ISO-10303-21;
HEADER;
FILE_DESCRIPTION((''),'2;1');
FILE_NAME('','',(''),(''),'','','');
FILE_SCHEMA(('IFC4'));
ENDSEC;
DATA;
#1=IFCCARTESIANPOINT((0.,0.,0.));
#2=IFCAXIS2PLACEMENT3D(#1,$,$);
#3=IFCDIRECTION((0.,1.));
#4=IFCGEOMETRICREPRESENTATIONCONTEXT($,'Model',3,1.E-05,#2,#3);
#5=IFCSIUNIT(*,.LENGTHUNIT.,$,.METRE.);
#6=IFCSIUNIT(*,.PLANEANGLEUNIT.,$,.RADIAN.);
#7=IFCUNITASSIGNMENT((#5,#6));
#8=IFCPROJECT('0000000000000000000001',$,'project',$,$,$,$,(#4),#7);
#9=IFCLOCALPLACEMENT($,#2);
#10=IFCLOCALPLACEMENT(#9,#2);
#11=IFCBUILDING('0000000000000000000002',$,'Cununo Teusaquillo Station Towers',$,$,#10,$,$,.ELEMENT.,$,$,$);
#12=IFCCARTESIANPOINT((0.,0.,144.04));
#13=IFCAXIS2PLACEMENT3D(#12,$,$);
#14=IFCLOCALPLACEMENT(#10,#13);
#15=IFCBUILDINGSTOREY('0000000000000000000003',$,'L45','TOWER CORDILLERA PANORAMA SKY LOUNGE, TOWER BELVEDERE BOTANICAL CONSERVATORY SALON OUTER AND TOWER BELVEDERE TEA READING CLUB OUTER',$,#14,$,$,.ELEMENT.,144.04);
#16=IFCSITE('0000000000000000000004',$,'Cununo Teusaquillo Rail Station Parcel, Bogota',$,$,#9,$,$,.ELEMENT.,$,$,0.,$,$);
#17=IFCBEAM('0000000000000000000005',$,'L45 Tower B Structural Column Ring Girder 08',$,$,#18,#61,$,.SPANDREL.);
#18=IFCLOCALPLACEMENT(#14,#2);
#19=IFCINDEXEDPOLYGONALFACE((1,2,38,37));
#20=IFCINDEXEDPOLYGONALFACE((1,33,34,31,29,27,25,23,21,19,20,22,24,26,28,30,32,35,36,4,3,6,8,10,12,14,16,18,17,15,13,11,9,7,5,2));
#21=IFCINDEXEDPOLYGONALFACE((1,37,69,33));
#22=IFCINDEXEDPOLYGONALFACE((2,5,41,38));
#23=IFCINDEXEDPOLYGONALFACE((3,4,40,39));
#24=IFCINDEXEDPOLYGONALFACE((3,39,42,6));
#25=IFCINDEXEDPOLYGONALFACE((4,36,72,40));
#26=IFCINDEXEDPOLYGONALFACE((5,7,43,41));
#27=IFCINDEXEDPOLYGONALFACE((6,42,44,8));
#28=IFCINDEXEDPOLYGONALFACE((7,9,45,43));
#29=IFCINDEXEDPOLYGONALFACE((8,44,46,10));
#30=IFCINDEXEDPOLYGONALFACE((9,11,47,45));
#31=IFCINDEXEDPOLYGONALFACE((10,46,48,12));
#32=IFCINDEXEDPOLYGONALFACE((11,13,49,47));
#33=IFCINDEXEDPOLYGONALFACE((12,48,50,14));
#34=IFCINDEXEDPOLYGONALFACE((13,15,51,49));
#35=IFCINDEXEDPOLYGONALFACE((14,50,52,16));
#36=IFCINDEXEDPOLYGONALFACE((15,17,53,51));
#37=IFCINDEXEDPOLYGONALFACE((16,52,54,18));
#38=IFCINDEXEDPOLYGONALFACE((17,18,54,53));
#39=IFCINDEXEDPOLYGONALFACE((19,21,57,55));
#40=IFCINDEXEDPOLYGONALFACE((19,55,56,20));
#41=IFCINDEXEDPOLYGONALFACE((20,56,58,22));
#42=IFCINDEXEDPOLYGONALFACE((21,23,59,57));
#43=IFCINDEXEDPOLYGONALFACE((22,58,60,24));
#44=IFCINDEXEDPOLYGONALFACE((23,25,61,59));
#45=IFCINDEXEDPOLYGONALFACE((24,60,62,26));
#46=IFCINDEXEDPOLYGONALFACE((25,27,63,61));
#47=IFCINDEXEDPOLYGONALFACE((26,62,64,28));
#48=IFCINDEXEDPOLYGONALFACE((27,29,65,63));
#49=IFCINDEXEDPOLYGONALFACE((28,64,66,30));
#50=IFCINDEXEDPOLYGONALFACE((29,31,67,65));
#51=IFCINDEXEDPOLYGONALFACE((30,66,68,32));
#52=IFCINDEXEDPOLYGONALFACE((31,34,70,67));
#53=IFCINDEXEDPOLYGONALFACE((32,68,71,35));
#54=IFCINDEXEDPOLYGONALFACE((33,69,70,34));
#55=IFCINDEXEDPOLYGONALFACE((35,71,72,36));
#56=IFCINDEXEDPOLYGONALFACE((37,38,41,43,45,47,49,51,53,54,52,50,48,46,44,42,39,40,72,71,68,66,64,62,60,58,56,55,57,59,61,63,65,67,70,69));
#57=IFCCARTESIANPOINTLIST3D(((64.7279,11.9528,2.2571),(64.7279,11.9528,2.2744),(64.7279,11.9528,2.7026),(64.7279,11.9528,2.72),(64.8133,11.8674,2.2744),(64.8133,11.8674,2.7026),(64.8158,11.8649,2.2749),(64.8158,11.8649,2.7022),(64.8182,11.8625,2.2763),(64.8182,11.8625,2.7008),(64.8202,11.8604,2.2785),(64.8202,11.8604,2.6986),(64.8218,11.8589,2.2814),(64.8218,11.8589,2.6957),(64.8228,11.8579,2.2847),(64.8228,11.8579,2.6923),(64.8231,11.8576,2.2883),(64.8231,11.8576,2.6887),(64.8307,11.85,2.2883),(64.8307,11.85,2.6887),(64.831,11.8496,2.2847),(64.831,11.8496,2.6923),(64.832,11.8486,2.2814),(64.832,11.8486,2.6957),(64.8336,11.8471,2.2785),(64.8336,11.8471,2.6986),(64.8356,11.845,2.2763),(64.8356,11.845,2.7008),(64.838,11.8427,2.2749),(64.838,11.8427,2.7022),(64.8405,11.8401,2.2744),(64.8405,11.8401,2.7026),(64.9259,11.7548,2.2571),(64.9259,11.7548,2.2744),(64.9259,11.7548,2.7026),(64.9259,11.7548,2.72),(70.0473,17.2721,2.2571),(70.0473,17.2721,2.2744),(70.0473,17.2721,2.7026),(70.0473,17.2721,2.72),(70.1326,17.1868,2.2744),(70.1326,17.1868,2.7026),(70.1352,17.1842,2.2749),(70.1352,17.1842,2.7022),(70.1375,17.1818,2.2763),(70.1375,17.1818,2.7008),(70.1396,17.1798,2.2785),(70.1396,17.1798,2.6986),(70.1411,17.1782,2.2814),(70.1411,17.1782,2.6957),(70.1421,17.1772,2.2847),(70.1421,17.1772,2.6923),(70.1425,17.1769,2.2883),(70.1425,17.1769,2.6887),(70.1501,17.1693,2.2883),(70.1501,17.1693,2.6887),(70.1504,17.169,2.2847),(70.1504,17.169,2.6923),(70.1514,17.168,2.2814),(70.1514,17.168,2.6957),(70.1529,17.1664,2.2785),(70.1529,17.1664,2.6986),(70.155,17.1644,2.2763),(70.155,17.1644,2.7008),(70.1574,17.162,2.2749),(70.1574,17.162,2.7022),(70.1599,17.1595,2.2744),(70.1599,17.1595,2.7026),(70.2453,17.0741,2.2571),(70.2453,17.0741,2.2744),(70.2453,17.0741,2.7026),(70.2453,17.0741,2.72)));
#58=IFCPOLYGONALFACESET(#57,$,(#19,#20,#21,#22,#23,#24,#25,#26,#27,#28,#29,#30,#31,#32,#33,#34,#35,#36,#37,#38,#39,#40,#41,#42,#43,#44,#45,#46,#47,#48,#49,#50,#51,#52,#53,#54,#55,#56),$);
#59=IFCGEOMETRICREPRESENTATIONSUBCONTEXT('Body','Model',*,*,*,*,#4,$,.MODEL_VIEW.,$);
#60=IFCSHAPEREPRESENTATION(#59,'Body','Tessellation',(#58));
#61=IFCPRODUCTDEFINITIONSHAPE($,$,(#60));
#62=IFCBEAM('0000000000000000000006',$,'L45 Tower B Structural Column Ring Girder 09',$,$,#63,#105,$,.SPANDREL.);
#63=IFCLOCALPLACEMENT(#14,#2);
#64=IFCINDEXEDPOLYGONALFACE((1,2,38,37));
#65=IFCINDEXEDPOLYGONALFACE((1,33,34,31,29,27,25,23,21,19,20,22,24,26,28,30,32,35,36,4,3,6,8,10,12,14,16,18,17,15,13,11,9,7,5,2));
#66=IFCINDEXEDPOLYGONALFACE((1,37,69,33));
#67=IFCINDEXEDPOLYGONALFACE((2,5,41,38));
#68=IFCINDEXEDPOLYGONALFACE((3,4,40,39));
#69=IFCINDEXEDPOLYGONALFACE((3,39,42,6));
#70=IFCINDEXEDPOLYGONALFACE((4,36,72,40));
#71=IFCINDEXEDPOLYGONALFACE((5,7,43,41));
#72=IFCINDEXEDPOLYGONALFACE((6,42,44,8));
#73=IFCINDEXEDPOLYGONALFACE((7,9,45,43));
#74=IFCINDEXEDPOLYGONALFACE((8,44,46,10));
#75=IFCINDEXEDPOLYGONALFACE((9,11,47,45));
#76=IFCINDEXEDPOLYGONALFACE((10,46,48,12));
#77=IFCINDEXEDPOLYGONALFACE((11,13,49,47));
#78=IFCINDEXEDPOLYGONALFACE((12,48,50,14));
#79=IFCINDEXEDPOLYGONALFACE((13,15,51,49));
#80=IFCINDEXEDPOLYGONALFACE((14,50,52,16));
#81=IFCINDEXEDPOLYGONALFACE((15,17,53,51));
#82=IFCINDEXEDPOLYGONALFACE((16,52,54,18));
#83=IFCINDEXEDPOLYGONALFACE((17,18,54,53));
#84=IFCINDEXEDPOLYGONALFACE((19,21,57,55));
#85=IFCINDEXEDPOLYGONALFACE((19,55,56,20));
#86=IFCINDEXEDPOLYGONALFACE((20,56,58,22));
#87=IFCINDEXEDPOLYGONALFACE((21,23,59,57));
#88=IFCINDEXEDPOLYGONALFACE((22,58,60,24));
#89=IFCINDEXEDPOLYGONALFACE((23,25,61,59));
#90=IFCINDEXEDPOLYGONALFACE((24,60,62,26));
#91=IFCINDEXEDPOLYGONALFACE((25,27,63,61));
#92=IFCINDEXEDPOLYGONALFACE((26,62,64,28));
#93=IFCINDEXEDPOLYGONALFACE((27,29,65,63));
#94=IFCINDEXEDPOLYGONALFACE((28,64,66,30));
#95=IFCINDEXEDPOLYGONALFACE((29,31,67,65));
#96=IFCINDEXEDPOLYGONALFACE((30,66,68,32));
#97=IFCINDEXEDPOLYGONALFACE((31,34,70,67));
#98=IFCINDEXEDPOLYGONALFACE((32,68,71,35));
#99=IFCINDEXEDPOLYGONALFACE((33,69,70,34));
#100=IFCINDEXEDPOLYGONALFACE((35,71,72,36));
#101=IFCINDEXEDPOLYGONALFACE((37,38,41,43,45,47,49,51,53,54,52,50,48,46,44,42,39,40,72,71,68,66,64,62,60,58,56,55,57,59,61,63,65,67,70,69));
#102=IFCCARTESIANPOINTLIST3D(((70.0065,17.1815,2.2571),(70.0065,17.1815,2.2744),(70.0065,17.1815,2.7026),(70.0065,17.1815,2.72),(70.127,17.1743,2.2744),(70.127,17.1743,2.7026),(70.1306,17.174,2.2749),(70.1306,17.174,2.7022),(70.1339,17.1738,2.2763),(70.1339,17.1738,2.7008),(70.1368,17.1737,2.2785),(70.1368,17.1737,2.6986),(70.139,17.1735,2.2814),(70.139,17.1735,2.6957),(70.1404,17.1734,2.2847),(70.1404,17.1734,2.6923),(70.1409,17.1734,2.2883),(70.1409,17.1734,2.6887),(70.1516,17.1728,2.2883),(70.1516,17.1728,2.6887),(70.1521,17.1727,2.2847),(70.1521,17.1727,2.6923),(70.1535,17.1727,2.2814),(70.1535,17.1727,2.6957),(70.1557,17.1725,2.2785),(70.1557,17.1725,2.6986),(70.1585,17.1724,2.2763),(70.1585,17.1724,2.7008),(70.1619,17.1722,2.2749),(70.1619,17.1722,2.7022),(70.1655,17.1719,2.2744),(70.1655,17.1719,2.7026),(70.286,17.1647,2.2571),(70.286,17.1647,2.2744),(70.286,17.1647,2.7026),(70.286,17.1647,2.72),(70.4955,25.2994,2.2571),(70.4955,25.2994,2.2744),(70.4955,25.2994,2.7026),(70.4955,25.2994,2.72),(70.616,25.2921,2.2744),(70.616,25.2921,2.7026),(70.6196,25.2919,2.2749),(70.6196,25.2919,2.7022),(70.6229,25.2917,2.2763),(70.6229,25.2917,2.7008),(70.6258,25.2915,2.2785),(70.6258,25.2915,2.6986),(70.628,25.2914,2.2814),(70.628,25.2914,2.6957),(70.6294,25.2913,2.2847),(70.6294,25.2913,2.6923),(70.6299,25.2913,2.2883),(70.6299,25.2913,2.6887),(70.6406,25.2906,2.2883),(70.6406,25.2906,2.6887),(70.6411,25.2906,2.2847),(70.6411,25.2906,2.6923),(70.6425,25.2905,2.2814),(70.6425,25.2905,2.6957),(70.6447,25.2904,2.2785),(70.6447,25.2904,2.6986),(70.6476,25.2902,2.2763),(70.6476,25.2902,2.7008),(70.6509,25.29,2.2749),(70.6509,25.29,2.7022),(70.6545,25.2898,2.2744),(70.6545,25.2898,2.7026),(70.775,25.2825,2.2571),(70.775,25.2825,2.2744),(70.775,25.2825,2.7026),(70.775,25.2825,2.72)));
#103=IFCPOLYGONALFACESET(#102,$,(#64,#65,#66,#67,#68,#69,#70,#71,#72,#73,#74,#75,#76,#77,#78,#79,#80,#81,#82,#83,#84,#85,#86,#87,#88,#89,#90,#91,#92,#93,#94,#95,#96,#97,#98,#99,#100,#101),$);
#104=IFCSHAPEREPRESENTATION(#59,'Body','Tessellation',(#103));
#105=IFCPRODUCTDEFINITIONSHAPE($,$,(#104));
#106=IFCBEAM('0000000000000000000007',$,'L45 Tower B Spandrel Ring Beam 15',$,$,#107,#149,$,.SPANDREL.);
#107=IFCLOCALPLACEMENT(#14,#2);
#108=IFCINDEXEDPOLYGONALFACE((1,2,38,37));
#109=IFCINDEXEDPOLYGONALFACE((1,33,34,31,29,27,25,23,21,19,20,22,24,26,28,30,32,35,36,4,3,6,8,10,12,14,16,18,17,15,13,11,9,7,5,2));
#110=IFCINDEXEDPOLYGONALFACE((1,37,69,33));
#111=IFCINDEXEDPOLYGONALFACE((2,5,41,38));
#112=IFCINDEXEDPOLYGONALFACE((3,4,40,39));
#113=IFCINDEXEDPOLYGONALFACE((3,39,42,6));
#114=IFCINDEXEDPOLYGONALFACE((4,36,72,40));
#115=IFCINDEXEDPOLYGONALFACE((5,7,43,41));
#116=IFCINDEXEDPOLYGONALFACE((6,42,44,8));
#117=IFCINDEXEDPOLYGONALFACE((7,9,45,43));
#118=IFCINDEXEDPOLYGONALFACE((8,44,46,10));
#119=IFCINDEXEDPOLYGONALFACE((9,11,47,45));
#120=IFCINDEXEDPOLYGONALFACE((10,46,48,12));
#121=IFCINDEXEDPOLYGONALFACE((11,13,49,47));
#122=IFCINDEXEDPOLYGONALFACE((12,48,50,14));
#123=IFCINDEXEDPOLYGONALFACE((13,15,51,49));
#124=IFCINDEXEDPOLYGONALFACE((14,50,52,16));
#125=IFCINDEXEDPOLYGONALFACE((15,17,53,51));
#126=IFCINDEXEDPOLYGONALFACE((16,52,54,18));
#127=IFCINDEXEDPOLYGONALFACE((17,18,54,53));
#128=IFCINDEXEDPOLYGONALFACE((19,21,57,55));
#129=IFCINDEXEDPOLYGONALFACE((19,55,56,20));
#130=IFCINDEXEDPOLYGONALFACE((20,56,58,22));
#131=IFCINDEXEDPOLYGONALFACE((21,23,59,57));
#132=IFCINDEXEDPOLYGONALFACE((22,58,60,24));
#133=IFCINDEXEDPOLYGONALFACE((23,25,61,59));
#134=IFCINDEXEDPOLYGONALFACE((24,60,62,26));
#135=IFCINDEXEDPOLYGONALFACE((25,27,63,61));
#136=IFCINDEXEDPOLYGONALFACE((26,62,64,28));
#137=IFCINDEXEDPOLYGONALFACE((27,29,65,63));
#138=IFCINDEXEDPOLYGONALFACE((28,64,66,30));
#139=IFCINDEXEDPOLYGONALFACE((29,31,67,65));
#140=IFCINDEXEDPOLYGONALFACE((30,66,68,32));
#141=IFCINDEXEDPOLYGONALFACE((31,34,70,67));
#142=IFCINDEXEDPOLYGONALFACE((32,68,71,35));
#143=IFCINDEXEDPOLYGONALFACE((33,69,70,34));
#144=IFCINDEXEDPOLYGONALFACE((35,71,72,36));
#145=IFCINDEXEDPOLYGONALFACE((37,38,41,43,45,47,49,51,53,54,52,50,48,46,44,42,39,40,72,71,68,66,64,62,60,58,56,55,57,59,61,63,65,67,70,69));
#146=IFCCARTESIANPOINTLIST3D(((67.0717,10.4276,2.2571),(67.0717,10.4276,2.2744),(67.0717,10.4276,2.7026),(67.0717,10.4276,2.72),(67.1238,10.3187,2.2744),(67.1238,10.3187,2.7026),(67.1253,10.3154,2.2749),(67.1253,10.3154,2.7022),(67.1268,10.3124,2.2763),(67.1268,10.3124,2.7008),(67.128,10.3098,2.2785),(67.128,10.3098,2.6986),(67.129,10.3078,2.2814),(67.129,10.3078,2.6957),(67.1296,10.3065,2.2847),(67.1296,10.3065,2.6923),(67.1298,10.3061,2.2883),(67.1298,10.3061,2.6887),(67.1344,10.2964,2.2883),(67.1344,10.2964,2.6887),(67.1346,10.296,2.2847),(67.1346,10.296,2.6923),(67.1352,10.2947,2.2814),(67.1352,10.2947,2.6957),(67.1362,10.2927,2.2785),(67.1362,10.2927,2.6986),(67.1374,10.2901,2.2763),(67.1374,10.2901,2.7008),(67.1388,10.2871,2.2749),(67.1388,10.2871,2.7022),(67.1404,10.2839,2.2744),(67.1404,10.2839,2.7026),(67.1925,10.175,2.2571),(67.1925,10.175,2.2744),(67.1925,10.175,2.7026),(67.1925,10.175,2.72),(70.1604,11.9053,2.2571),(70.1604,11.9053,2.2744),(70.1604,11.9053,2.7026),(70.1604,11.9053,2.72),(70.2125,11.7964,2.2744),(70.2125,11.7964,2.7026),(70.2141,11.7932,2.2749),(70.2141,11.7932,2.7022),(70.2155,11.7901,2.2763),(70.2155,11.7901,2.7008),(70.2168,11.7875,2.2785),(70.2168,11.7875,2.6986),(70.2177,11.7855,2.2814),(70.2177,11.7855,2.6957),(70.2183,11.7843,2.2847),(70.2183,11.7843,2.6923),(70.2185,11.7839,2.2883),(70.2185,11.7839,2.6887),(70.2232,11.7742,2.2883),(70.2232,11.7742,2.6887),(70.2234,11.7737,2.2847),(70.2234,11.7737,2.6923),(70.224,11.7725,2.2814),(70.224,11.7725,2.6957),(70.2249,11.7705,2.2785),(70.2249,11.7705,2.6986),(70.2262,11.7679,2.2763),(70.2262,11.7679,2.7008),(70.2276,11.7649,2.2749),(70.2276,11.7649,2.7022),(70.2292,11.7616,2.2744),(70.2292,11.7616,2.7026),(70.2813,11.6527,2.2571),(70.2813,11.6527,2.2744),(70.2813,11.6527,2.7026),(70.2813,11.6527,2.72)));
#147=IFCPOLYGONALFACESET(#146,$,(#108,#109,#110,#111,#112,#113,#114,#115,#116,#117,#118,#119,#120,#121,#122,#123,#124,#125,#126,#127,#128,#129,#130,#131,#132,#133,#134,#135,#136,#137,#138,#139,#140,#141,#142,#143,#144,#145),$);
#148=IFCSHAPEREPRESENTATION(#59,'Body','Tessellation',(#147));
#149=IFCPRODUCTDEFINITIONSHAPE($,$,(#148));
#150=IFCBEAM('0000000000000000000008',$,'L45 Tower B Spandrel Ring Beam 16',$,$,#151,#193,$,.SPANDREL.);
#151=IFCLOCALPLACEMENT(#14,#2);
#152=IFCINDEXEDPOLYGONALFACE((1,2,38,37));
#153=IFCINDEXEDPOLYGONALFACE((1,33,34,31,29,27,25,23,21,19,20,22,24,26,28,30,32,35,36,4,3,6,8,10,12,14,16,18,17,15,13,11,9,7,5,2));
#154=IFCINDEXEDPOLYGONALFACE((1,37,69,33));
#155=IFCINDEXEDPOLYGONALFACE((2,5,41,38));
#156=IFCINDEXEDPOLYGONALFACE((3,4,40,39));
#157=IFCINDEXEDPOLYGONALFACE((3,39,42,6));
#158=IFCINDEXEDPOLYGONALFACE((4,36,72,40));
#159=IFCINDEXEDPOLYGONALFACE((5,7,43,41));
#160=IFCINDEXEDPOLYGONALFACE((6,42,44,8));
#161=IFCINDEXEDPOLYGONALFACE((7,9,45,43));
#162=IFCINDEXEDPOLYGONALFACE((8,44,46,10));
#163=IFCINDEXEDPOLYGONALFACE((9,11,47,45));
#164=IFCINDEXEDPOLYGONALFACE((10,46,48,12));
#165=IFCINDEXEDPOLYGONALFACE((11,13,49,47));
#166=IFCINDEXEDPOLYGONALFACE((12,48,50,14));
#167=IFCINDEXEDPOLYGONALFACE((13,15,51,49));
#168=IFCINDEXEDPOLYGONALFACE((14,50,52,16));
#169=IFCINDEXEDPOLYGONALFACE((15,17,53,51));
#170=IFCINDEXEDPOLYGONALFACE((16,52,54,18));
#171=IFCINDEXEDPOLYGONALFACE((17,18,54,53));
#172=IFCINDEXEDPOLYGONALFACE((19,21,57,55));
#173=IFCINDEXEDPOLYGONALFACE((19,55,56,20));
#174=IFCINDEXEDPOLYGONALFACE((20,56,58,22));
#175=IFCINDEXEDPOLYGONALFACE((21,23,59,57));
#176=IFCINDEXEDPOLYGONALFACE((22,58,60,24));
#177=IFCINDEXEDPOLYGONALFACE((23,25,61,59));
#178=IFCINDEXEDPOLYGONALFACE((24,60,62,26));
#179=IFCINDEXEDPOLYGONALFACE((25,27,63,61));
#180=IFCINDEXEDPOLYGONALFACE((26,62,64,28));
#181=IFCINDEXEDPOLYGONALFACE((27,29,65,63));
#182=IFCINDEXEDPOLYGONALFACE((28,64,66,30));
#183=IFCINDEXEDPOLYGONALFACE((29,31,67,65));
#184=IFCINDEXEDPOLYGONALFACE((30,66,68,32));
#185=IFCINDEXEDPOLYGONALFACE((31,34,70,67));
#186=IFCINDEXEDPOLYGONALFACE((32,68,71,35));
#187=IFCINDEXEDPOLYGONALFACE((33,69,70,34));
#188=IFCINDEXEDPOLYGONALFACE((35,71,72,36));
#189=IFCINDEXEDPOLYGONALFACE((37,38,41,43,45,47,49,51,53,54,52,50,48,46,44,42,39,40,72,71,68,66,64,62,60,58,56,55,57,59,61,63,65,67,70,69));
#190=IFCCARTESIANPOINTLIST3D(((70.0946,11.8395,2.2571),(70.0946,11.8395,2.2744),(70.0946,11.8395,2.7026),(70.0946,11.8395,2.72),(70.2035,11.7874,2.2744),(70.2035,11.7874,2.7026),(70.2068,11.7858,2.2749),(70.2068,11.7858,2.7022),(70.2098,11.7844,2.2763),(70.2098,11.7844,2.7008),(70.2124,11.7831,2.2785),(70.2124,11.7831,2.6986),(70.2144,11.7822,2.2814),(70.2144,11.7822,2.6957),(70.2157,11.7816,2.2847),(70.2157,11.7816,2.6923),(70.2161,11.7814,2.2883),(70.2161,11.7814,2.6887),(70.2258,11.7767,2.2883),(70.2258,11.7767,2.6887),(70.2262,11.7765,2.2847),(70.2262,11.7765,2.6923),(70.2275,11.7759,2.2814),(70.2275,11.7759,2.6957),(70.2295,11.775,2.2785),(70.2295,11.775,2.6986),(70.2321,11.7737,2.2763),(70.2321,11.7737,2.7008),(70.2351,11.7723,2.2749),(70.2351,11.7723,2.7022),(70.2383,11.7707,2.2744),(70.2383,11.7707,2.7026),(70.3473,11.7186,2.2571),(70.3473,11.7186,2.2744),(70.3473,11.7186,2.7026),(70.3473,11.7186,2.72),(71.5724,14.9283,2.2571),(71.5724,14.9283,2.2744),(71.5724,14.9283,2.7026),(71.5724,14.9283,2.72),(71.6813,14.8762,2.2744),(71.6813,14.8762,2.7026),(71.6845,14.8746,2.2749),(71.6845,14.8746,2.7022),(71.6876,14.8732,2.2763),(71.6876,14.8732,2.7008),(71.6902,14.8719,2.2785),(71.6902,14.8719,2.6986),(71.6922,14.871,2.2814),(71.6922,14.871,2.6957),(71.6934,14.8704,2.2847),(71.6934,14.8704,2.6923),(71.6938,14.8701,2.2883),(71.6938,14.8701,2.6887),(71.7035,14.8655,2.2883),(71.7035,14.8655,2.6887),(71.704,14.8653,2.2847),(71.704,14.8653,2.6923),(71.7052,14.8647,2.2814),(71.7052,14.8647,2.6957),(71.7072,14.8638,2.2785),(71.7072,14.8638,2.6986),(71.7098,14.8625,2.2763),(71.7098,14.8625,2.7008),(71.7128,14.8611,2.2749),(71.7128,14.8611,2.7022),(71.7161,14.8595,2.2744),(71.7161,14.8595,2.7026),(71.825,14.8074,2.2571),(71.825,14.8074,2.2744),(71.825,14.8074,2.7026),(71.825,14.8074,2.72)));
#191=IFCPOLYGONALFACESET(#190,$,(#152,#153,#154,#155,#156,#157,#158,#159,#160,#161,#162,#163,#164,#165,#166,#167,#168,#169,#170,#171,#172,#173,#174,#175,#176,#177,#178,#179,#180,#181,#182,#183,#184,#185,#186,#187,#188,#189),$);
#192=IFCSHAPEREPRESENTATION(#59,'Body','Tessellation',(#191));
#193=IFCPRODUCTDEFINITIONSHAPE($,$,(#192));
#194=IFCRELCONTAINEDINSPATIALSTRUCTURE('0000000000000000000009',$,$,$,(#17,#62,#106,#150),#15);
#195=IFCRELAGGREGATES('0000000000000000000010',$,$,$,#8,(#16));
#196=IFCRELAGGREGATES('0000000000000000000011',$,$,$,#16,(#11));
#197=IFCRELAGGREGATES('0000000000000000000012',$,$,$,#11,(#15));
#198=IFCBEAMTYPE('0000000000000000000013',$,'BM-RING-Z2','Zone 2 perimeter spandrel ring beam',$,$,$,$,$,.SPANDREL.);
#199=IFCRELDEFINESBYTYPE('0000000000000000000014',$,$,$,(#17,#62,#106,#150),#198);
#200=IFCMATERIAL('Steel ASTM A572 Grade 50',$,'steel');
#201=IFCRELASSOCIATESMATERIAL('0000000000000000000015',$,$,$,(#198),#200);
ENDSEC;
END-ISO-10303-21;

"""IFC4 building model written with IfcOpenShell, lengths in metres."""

from ifc_helpers import new_model, si_unit, direction, frame, origin, origin_2d, place, context, subcontext, project, spatial, i_section, extrude, material, material_profile, profile_set, type_object, element, save


model = new_model("IFC4")

# Units and contexts
model_context = context("Model", 3, precision=1e-05, world=origin(), true_north=direction((0.0, 1.0)))
body_context = subcontext(model_context, "Body", "Model", "MODEL_VIEW")
ifc_project = project(units=[si_unit("LENGTHUNIT", "METRE"), si_unit("PLANEANGLEUNIT", "RADIAN")], contexts=[model_context])

# Site, building, storey
site_placement = place(None, origin())
site = spatial("IfcSite", under=ifc_project, at=site_placement, Name="Cununo Teusaquillo Rail Station Parcel, Bogota", CompositionType="ELEMENT", RefElevation=0.0)
building_placement = place(site_placement, origin())
building = spatial("IfcBuilding", under=site, at=building_placement, Name="Cununo Teusaquillo Station Towers", CompositionType="ELEMENT")
storey_placement = place(building_placement, frame((0.0, 0.0, 144.04)))
storey = spatial("IfcBuildingStorey", under=building, at=storey_placement, Name="L45", Description="TOWER CORDILLERA PANORAMA SKY LOUNGE, TOWER BELVEDERE BOTANICAL CONSERVATORY SALON OUTER AND TOWER BELVEDERE TEA READING CLUB OUTER", CompositionType="ELEMENT", Elevation=144.04)

# Beams
ifc_material_1 = material(Name="Steel ASTM A572 Grade 50", Category="steel")
ifc_material_profile_1 = material_profile(ifc_material_1, i_section(OverallWidth=0.28, OverallDepth=0.4629, WebThickness=0.0107, FlangeThickness=0.0173, FilletRadius=0.0139, at=origin_2d()), Name="W18X76")
ifc_profile_set_1 = profile_set([ifc_material_profile_1], Name="Steel ASTM A572 Grade 50")
beam_type_1 = type_object("IfcBeamType", Name="BM-RING-Z2", Description="Zone 2 perimeter spandrel ring beam", PredefinedType="SPANDREL", material=ifc_profile_set_1)
beam_1_placement = place(storey_placement, frame((64.8269, 11.8538, 2.4885), z_axis=(0.707107, 0.707107, 0.0), x_axis=(-0.707107, 0.707107, 0.0)))
element("IfcBeam", 1, at=beam_1_placement, inside=storey, type_object=beam_type_1, Name="L45 Tower B Structural Column Ring Girder 08", PredefinedType="SPANDREL", context=body_context, shape_type="SweptSolid", body=[
    extrude(i_section(OverallWidth=0.28, OverallDepth=0.4629, WebThickness=0.0107, FlangeThickness=0.0173, FilletRadius=0.0139, at=origin_2d()), origin(), (0.0, 0.0, 1.0), 7.5227),
])
beam_2_placement = place(storey_placement, frame((70.1462, 17.1731, 2.4885), z_axis=(0.06013, 0.998191, 0.0), x_axis=(-0.998191, 0.06013, 0.0)))
element("IfcBeam", 2, at=beam_2_placement, inside=storey, type_object=beam_type_1, Name="L45 Tower B Structural Column Ring Girder 09", PredefinedType="SPANDREL", context=body_context, shape_type="SweptSolid", body=[
    extrude(i_section(OverallWidth=0.28, OverallDepth=0.4629, WebThickness=0.0107, FlangeThickness=0.0173, FilletRadius=0.0139, at=origin_2d()), origin(), (0.0, 0.0, 1.0), 8.1326),
])
for number, where, z_axis, x_axis, name in (
    (3, (67.1321, 10.3013, 2.4885), (0.902078, 0.431574, 0.0), (-0.431574, 0.902078, 0.0), "L45 Tower B Spandrel Ring Beam 15"),
    (4, (70.2209, 11.7791, 2.4885), (0.431574, 0.902078, 0.0), (-0.902078, 0.431574, 0.0), "L45 Tower B Spandrel Ring Beam 16"),
):
    element("IfcBeam", number, at=place(storey_placement, frame(where, z_axis=z_axis, x_axis=x_axis)), inside=storey, type_object=beam_type_1, Name=name, PredefinedType="SPANDREL", context=body_context, shape_type="SweptSolid", body=[
        extrude(i_section(OverallWidth=0.28, OverallDepth=0.4629, WebThickness=0.0107, FlangeThickness=0.0173, FilletRadius=0.0139, at=origin_2d()), origin(), (0.0, 0.0, 1.0), 3.4241),
    ])

save(model, "model.ifc")
